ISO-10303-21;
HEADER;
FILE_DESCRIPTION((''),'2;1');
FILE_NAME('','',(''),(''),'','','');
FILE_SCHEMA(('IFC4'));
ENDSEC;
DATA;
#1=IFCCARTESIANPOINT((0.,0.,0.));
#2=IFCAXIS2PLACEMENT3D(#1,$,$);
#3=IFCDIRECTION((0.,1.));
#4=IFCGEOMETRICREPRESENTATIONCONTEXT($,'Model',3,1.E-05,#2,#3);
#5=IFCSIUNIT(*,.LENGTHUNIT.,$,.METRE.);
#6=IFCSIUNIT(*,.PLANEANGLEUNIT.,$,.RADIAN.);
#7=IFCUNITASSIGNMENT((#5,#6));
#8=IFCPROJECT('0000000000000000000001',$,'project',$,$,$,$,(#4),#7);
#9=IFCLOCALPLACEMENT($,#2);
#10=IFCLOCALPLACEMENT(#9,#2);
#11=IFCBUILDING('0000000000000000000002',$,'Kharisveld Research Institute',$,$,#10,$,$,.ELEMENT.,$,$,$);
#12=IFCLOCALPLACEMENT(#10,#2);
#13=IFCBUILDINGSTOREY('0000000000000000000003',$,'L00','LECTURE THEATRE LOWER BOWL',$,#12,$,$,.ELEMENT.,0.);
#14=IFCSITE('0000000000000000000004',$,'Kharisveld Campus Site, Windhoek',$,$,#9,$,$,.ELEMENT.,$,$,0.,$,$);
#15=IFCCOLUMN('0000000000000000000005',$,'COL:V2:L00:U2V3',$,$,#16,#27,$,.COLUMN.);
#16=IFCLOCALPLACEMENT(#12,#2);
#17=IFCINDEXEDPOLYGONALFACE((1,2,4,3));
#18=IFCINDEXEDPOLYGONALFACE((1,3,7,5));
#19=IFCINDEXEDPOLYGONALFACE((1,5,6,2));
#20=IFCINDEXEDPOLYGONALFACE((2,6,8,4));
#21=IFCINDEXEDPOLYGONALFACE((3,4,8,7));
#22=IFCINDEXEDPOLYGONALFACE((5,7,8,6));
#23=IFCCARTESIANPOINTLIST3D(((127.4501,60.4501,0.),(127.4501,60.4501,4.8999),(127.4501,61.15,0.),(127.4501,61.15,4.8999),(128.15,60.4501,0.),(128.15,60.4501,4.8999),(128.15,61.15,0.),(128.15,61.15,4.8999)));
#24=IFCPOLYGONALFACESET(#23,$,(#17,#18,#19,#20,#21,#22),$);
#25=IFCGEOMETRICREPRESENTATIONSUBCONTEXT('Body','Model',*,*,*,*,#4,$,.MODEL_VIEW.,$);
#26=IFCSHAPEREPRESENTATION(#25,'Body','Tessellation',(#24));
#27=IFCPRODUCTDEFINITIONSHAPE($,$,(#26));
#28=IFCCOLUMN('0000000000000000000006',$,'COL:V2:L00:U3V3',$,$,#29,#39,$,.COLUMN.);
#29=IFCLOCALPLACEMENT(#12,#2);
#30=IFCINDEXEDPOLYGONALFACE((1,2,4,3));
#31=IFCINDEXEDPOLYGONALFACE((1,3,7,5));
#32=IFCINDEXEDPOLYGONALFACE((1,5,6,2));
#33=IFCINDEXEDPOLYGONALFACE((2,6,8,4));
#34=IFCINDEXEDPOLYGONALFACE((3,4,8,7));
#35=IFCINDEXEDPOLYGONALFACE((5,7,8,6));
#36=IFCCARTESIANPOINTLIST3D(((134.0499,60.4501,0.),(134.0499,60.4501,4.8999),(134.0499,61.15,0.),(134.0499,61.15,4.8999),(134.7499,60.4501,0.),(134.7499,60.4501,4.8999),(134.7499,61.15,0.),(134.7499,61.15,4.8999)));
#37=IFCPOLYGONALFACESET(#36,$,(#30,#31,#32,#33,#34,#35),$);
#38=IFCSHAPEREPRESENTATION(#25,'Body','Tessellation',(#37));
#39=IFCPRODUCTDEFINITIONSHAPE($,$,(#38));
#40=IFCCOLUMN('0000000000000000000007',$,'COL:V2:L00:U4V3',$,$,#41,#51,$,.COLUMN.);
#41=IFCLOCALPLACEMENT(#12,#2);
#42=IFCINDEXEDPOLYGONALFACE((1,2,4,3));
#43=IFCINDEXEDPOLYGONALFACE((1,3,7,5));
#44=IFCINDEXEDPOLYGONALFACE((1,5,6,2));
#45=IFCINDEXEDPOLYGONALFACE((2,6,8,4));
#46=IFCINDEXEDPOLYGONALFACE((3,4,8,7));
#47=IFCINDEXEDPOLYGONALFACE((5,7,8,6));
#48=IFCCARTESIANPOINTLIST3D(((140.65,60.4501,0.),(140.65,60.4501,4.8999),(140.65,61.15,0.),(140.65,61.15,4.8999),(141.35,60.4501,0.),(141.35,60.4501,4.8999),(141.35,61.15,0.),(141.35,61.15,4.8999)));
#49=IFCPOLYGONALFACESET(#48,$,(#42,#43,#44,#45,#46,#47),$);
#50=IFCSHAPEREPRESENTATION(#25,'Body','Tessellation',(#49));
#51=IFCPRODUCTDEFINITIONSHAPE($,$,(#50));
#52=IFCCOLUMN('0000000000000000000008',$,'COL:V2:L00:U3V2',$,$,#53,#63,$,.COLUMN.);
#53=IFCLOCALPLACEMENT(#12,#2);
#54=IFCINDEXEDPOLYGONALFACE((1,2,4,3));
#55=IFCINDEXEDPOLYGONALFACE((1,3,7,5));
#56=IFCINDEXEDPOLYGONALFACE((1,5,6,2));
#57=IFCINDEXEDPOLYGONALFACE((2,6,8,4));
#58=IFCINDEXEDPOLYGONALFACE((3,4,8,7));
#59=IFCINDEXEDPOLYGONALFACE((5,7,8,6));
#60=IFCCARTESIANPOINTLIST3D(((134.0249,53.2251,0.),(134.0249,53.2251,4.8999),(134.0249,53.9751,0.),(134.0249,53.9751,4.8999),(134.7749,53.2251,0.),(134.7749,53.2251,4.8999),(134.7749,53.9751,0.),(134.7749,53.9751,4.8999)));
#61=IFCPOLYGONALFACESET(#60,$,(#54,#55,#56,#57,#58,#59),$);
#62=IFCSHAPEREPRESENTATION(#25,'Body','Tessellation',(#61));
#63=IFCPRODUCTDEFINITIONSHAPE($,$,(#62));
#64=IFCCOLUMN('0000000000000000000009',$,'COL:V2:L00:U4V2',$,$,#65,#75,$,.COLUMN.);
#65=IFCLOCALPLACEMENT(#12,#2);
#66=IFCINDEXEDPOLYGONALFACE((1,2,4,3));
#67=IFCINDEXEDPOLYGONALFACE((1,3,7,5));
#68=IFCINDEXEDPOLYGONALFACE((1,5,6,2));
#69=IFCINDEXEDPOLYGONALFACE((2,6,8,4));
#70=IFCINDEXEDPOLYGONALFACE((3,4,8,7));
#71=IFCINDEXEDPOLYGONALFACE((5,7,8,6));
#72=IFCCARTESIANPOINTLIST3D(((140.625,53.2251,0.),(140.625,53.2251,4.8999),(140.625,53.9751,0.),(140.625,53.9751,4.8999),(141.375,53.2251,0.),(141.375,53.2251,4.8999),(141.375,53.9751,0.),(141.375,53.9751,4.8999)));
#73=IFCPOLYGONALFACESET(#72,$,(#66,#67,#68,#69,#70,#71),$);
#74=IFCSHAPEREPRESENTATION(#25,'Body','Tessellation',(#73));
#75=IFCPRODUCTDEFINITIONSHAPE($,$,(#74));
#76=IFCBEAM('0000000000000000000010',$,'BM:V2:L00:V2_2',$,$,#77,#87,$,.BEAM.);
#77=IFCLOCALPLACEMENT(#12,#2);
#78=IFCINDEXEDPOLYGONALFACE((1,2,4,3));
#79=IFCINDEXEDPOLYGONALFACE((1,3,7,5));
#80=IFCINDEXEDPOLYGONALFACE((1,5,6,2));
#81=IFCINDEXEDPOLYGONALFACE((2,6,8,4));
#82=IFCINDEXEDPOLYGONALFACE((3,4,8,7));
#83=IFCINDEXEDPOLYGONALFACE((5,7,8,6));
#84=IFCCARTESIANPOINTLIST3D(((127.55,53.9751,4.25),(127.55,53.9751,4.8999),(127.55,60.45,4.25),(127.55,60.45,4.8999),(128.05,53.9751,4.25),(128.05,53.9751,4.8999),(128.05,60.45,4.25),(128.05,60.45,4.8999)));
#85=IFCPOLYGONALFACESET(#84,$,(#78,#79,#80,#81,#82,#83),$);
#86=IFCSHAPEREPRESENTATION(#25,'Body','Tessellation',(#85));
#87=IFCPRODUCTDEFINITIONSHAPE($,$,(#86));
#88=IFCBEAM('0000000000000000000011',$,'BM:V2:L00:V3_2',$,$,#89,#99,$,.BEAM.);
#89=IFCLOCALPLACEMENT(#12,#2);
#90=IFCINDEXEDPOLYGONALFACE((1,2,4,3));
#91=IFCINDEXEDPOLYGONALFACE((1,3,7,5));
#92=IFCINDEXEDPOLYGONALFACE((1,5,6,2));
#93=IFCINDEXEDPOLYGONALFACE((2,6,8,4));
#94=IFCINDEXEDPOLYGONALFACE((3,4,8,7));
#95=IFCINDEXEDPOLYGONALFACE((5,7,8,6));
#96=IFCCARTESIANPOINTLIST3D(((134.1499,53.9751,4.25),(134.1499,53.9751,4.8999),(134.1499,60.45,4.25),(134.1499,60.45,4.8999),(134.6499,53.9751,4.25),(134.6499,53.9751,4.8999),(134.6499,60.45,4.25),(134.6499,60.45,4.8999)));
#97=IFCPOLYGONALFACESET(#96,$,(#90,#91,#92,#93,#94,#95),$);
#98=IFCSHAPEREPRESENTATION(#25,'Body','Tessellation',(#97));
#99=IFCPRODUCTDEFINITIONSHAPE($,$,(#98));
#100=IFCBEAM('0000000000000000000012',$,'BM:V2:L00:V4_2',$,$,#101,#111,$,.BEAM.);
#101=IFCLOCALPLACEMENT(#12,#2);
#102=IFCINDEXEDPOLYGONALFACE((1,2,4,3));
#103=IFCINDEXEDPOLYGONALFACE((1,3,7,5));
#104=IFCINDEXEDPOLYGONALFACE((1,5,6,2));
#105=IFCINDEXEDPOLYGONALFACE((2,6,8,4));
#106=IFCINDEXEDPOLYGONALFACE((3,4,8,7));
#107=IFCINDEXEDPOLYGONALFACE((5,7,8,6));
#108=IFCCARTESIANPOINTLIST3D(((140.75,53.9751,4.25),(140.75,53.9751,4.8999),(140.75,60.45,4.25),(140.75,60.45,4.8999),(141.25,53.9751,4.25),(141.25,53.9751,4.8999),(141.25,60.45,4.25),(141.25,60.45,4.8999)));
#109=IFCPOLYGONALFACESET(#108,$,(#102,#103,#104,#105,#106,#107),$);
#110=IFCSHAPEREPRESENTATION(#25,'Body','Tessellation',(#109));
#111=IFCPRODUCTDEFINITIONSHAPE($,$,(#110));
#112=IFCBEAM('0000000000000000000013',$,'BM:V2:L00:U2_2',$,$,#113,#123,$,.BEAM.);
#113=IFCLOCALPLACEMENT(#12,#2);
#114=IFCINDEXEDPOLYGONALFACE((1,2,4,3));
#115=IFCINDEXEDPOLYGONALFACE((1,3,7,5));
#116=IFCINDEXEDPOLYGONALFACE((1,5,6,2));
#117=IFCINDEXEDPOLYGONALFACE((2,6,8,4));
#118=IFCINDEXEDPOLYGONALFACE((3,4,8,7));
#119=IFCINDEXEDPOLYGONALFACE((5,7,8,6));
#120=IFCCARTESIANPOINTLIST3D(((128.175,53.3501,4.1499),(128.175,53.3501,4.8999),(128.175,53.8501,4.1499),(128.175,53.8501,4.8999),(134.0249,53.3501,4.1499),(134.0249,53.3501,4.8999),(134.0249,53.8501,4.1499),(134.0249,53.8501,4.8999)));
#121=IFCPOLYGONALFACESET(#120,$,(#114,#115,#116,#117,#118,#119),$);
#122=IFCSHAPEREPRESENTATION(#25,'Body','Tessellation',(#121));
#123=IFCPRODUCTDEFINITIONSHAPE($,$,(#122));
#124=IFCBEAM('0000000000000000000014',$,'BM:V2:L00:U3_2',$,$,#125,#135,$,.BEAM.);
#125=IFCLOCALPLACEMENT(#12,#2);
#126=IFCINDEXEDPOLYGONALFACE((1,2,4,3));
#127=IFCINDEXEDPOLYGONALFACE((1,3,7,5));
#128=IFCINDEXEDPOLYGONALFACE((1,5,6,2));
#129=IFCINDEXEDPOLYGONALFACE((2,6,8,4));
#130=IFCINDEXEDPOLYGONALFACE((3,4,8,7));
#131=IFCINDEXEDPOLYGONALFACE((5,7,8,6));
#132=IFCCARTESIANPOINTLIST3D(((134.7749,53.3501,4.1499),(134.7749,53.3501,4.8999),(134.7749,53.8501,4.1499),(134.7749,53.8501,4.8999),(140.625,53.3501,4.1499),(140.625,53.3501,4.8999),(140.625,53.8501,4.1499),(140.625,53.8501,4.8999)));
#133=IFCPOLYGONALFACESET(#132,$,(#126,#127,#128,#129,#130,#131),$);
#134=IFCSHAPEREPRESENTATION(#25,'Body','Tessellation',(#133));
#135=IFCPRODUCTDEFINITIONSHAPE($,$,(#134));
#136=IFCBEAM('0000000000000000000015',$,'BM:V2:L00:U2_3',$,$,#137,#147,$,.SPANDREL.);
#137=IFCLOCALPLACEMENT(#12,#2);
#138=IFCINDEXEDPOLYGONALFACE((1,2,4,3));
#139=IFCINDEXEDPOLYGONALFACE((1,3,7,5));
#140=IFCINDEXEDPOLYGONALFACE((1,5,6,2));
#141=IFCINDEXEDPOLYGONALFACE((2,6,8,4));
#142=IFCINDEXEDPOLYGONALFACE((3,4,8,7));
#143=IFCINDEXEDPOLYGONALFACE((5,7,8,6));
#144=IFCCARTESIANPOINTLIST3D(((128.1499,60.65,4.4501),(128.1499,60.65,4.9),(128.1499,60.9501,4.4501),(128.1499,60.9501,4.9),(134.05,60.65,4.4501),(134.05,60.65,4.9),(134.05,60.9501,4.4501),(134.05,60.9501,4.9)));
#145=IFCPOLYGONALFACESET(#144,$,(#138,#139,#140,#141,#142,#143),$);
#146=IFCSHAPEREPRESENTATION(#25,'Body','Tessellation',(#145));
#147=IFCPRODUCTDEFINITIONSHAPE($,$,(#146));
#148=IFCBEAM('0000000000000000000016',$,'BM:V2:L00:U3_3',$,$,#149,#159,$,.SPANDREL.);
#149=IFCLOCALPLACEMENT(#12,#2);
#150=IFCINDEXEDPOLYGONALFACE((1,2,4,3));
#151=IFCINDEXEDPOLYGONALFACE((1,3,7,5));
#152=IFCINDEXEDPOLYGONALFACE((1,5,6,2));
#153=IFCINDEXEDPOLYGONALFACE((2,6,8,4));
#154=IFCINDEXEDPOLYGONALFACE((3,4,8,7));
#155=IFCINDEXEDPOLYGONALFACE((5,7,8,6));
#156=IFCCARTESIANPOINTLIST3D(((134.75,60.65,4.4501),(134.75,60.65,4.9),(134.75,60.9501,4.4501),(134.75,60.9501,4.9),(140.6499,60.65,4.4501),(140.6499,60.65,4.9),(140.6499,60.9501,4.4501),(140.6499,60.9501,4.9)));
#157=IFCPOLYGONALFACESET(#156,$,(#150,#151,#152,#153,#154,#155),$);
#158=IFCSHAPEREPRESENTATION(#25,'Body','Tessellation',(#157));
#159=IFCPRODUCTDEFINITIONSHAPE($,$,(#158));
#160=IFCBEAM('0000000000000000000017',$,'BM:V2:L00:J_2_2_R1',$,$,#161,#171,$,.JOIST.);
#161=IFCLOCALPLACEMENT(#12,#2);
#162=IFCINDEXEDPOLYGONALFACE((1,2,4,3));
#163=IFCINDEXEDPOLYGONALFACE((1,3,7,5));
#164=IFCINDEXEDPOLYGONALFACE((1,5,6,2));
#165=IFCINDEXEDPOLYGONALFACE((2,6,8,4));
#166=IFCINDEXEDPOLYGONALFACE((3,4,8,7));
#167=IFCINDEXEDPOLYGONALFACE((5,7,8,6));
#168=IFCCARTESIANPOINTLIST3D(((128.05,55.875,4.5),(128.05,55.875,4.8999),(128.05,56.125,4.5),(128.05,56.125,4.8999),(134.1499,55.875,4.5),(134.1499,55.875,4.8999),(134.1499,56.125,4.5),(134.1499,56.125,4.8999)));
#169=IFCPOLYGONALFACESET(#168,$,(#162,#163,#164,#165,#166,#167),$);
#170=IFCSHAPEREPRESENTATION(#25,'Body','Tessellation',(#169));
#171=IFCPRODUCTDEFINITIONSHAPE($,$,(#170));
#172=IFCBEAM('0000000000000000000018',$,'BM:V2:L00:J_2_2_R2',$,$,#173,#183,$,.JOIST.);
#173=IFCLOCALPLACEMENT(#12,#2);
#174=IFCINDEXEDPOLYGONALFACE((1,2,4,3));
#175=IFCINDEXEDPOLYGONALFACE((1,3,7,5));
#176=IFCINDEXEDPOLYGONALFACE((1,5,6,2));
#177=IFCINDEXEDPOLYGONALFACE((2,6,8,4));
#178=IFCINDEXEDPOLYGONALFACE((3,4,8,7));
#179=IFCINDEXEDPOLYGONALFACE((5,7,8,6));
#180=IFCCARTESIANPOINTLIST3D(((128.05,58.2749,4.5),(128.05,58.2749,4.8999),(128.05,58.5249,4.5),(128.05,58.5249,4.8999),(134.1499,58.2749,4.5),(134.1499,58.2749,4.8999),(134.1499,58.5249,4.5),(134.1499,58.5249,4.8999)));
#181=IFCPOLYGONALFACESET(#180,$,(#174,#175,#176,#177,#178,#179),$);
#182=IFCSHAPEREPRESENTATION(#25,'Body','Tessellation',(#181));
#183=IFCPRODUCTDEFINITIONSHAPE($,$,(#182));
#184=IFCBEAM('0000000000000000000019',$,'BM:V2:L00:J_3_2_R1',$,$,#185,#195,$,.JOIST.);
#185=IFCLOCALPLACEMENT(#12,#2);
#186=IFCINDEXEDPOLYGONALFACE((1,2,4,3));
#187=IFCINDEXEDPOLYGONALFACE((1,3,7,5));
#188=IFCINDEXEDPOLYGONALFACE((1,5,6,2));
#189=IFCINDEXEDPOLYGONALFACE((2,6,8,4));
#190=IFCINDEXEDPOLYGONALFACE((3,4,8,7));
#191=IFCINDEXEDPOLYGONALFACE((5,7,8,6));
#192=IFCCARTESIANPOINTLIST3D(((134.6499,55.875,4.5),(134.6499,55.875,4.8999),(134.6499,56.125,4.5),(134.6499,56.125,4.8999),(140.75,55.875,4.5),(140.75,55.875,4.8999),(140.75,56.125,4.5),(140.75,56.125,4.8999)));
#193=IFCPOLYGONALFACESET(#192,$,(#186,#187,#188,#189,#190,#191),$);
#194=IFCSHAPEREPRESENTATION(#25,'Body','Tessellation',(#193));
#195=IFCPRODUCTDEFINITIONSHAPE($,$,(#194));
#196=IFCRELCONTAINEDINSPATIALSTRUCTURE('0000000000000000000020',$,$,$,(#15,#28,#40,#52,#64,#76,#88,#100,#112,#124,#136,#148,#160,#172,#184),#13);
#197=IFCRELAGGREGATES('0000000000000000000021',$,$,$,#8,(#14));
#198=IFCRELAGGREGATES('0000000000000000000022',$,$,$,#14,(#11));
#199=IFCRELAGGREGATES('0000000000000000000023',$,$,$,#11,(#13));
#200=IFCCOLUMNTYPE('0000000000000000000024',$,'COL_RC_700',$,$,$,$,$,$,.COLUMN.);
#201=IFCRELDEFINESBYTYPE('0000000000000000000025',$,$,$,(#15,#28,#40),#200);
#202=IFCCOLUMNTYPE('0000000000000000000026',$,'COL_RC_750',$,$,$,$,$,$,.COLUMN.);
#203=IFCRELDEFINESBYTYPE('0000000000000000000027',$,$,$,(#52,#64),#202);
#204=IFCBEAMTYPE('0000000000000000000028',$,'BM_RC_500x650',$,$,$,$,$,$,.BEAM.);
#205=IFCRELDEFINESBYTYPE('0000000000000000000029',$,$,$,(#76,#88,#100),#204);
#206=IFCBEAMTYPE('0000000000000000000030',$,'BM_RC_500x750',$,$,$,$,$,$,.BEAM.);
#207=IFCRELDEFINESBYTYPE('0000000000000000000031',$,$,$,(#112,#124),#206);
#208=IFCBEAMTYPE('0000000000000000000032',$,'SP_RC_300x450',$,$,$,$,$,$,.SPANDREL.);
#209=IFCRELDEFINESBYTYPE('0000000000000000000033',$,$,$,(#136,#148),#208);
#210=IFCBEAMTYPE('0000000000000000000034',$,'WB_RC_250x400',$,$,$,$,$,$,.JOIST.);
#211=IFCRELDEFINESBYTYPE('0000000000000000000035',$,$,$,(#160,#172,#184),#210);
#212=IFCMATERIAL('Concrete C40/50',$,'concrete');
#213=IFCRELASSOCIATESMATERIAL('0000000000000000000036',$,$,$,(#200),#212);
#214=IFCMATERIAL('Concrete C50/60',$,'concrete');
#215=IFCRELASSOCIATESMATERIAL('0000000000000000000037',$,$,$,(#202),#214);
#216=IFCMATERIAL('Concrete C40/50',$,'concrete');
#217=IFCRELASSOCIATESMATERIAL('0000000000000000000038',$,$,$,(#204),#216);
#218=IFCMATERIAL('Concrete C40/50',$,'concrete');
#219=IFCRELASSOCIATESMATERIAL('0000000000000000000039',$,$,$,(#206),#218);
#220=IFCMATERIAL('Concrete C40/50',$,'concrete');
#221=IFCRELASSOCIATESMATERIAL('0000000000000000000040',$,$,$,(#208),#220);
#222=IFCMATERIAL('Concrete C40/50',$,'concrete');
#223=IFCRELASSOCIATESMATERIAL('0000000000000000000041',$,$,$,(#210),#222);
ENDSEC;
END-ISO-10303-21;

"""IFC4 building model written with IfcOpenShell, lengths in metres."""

from ifc_helpers import new_model, si_unit, direction, frame, origin, origin_2d, place, context, subcontext, project, spatial, rectangle, extrude, material, material_profile, profile_set, type_object, element, save


model = new_model("IFC4")

# Units and contexts
model_context = context("Model", 3, precision=1e-05, world=origin(), true_north=direction((0.0, 1.0)))
body_context = subcontext(model_context, "Body", "Model", "MODEL_VIEW")
ifc_project = project(units=[si_unit("LENGTHUNIT", "METRE"), si_unit("PLANEANGLEUNIT", "RADIAN")], contexts=[model_context])

# Site, building, storey
site_placement = place(None, origin())
site = spatial("IfcSite", under=ifc_project, at=site_placement, Name="Kharisveld Campus Site, Windhoek", CompositionType="ELEMENT", RefElevation=0.0)
building_placement = place(site_placement, origin())
building = spatial("IfcBuilding", under=site, at=building_placement, Name="Kharisveld Research Institute", CompositionType="ELEMENT")
storey_placement = place(building_placement, origin())
storey = spatial("IfcBuildingStorey", under=building, at=storey_placement, Name="L00", Description="LECTURE THEATRE LOWER BOWL", CompositionType="ELEMENT", Elevation=0.0)

# Columns
ifc_material_1 = material(Name="Concrete C40/50", Category="concrete")
ifc_material_profile_1 = material_profile(ifc_material_1, rectangle(XDim=0.7, YDim=0.7, at=origin_2d()))
ifc_profile_set_1 = profile_set([ifc_material_profile_1], Name="Concrete C40/50")
column_type_1 = type_object("IfcColumnType", Name="COL_RC_700", PredefinedType="COLUMN", material=ifc_profile_set_1)
for number, where, z_axis, x_axis, name in (
    (1, (127.8, 60.8, 0.0), (0.0, 0.0, 1.0), (1.0, 0.0, 0.0), "COL:V2:L00:U2V3"),
    (2, (134.3999, 60.8, 0.0), (0.0, 0.0, 1.0), (1.0, 0.0, 0.0), "COL:V2:L00:U3V3"),
    (3, (141.0, 60.8, 0.0), (0.0, 0.0, 1.0), (1.0, 0.0, 0.0), "COL:V2:L00:U4V3"),
):
    element("IfcColumn", number, at=place(storey_placement, frame(where, z_axis=z_axis, x_axis=x_axis)), inside=storey, type_object=column_type_1, Name=name, PredefinedType="COLUMN", context=body_context, shape_type="SweptSolid", body=[
        extrude(rectangle(XDim=0.7, YDim=0.7, at=origin_2d()), origin(), (0.0, 0.0, 1.0), 4.8999),
    ])
ifc_material_2 = material(Name="Concrete C50/60", Category="concrete")
ifc_material_profile_2 = material_profile(ifc_material_2, rectangle(XDim=0.75, YDim=0.75, at=origin_2d()))
ifc_profile_set_2 = profile_set([ifc_material_profile_2], Name="Concrete C50/60")
column_type_2 = type_object("IfcColumnType", Name="COL_RC_750", PredefinedType="COLUMN", material=ifc_profile_set_2)
for number, where, z_axis, x_axis, name in (
    (4, (134.3999, 53.6001, 0.0), (0.0, 0.0, 1.0), (1.0, 0.0, 0.0), "COL:V2:L00:U3V2"),
    (5, (141.0, 53.6001, 0.0), (0.0, 0.0, 1.0), (1.0, 0.0, 0.0), "COL:V2:L00:U4V2"),
):
    element("IfcColumn", number, at=place(storey_placement, frame(where, z_axis=z_axis, x_axis=x_axis)), inside=storey, type_object=column_type_2, Name=name, PredefinedType="COLUMN", context=body_context, shape_type="SweptSolid", body=[
        extrude(rectangle(XDim=0.75, YDim=0.75, at=origin_2d()), origin(), (0.0, 0.0, 1.0), 4.8999),
    ])

# Beams
ifc_material_3 = material(Name="Concrete C40/50", Category="concrete")
ifc_material_profile_3 = material_profile(ifc_material_3, rectangle(XDim=0.5, YDim=0.6499, at=origin_2d()))
ifc_profile_set_3 = profile_set([ifc_material_profile_3], Name="Concrete C40/50")
beam_type_1 = type_object("IfcBeamType", Name="BM_RC_500x650", PredefinedType="BEAM", material=ifc_profile_set_3)
for number, where, z_axis, x_axis, name in (
    (6, (127.8, 53.9751, 4.575), (0.0, 1.0, 0.0), (-1.0, 0.0, 0.0), "BM:V2:L00:V2_2"),
    (7, (134.3999, 53.9751, 4.575), (0.0, 1.0, 0.0), (-1.0, 0.0, 0.0), "BM:V2:L00:V3_2"),
    (8, (141.0, 53.9751, 4.575), (0.0, 1.0, 0.0), (-1.0, 0.0, 0.0), "BM:V2:L00:V4_2"),
):
    element("IfcBeam", number, at=place(storey_placement, frame(where, z_axis=z_axis, x_axis=x_axis)), inside=storey, type_object=beam_type_1, Name=name, PredefinedType="BEAM", context=body_context, shape_type="SweptSolid", body=[
        extrude(rectangle(XDim=0.5, YDim=0.6499, at=origin_2d()), origin(), (0.0, 0.0, 1.0), 6.4749),
    ])
ifc_material_4 = material(Name="Concrete C40/50", Category="concrete")
ifc_material_profile_4 = material_profile(ifc_material_4, rectangle(XDim=0.5, YDim=0.75, at=origin_2d()))
ifc_profile_set_4 = profile_set([ifc_material_profile_4], Name="Concrete C40/50")
beam_type_2 = type_object("IfcBeamType", Name="BM_RC_500x750", PredefinedType="BEAM", material=ifc_profile_set_4)
beam_1_placement = place(storey_placement, frame((128.175, 53.6001, 4.5249), z_axis=(1.0, 0.0, 0.0), x_axis=(0.0, 1.0, 0.0)))
element("IfcBeam", 9, at=beam_1_placement, inside=storey, type_object=beam_type_2, Name="BM:V2:L00:U2_2", PredefinedType="BEAM", context=body_context, shape_type="SweptSolid", body=[
    extrude(rectangle(XDim=0.5, YDim=0.75, at=origin_2d()), origin(), (0.0, 0.0, 1.0), 5.8499),
])
beam_2_placement = place(storey_placement, frame((134.7749, 53.6001, 4.5249), z_axis=(1.0, 0.0, 0.0), x_axis=(0.0, 1.0, 0.0)))
element("IfcBeam", 10, at=beam_2_placement, inside=storey, type_object=beam_type_2, Name="BM:V2:L00:U3_2", PredefinedType="BEAM", context=body_context, shape_type="SweptSolid", body=[
    extrude(rectangle(XDim=0.5, YDim=0.75, at=origin_2d()), origin(), (0.0, 0.0, 1.0), 5.8501),
])
ifc_material_5 = material(Name="Concrete C40/50", Category="concrete")
ifc_material_profile_5 = material_profile(ifc_material_5, rectangle(XDim=0.3, YDim=0.45, at=origin_2d()))
ifc_profile_set_5 = profile_set([ifc_material_profile_5], Name="Concrete C40/50")
beam_type_3 = type_object("IfcBeamType", Name="SP_RC_300x450", PredefinedType="SPANDREL", material=ifc_profile_set_5)
beam_3_placement = place(storey_placement, frame((128.1499, 60.8, 4.675), z_axis=(1.0, 0.0, 0.0), x_axis=(0.0, 1.0, 0.0)))
element("IfcBeam", 11, at=beam_3_placement, inside=storey, type_object=beam_type_3, Name="BM:V2:L00:U2_3", PredefinedType="SPANDREL", context=body_context, shape_type="SweptSolid", body=[
    extrude(rectangle(XDim=0.3, YDim=0.45, at=origin_2d()), origin(), (0.0, 0.0, 1.0), 5.9001),
])
beam_4_placement = place(storey_placement, frame((134.75, 60.8, 4.675), z_axis=(1.0, 0.0, 0.0), x_axis=(0.0, 1.0, 0.0)))
element("IfcBeam", 12, at=beam_4_placement, inside=storey, type_object=beam_type_3, Name="BM:V2:L00:U3_3", PredefinedType="SPANDREL", context=body_context, shape_type="SweptSolid", body=[
    extrude(rectangle(XDim=0.3, YDim=0.45, at=origin_2d()), origin(), (0.0, 0.0, 1.0), 5.8999),
])
ifc_material_6 = material(Name="Concrete C40/50", Category="concrete")
ifc_material_profile_6 = material_profile(ifc_material_6, rectangle(XDim=0.25, YDim=0.3999, at=origin_2d()))
ifc_profile_set_6 = profile_set([ifc_material_profile_6], Name="Concrete C40/50")
beam_type_4 = type_object("IfcBeamType", Name="WB_RC_250x400", PredefinedType="JOIST", material=ifc_profile_set_6)
for number, where, z_axis, x_axis, name in (
    (13, (128.05, 56.0, 4.7), (1.0, 0.0, 0.0), (0.0, 1.0, 0.0), "BM:V2:L00:J_2_2_R1"),
    (14, (128.05, 58.3999, 4.7), (1.0, 0.0, 0.0), (0.0, 1.0, 0.0), "BM:V2:L00:J_2_2_R2"),
):
    element("IfcBeam", number, at=place(storey_placement, frame(where, z_axis=z_axis, x_axis=x_axis)), inside=storey, type_object=beam_type_4, Name=name, PredefinedType="JOIST", context=body_context, shape_type="SweptSolid", body=[
        extrude(rectangle(XDim=0.25, YDim=0.3999, at=origin_2d()), origin(), (0.0, 0.0, 1.0), 6.0999),
    ])
for number, where, z_axis, x_axis, name in (
    (15, (134.6499, 56.0, 4.7), (1.0, 0.0, 0.0), (0.0, 1.0, 0.0), "BM:V2:L00:J_3_2_R1"),
):
    element("IfcBeam", number, at=place(storey_placement, frame(where, z_axis=z_axis, x_axis=x_axis)), inside=storey, type_object=beam_type_4, Name=name, PredefinedType="JOIST", context=body_context, shape_type="SweptSolid", body=[
        extrude(rectangle(XDim=0.25, YDim=0.3999, at=origin_2d()), origin(), (0.0, 0.0, 1.0), 6.1001),
    ])

save(model, "model.ifc")
